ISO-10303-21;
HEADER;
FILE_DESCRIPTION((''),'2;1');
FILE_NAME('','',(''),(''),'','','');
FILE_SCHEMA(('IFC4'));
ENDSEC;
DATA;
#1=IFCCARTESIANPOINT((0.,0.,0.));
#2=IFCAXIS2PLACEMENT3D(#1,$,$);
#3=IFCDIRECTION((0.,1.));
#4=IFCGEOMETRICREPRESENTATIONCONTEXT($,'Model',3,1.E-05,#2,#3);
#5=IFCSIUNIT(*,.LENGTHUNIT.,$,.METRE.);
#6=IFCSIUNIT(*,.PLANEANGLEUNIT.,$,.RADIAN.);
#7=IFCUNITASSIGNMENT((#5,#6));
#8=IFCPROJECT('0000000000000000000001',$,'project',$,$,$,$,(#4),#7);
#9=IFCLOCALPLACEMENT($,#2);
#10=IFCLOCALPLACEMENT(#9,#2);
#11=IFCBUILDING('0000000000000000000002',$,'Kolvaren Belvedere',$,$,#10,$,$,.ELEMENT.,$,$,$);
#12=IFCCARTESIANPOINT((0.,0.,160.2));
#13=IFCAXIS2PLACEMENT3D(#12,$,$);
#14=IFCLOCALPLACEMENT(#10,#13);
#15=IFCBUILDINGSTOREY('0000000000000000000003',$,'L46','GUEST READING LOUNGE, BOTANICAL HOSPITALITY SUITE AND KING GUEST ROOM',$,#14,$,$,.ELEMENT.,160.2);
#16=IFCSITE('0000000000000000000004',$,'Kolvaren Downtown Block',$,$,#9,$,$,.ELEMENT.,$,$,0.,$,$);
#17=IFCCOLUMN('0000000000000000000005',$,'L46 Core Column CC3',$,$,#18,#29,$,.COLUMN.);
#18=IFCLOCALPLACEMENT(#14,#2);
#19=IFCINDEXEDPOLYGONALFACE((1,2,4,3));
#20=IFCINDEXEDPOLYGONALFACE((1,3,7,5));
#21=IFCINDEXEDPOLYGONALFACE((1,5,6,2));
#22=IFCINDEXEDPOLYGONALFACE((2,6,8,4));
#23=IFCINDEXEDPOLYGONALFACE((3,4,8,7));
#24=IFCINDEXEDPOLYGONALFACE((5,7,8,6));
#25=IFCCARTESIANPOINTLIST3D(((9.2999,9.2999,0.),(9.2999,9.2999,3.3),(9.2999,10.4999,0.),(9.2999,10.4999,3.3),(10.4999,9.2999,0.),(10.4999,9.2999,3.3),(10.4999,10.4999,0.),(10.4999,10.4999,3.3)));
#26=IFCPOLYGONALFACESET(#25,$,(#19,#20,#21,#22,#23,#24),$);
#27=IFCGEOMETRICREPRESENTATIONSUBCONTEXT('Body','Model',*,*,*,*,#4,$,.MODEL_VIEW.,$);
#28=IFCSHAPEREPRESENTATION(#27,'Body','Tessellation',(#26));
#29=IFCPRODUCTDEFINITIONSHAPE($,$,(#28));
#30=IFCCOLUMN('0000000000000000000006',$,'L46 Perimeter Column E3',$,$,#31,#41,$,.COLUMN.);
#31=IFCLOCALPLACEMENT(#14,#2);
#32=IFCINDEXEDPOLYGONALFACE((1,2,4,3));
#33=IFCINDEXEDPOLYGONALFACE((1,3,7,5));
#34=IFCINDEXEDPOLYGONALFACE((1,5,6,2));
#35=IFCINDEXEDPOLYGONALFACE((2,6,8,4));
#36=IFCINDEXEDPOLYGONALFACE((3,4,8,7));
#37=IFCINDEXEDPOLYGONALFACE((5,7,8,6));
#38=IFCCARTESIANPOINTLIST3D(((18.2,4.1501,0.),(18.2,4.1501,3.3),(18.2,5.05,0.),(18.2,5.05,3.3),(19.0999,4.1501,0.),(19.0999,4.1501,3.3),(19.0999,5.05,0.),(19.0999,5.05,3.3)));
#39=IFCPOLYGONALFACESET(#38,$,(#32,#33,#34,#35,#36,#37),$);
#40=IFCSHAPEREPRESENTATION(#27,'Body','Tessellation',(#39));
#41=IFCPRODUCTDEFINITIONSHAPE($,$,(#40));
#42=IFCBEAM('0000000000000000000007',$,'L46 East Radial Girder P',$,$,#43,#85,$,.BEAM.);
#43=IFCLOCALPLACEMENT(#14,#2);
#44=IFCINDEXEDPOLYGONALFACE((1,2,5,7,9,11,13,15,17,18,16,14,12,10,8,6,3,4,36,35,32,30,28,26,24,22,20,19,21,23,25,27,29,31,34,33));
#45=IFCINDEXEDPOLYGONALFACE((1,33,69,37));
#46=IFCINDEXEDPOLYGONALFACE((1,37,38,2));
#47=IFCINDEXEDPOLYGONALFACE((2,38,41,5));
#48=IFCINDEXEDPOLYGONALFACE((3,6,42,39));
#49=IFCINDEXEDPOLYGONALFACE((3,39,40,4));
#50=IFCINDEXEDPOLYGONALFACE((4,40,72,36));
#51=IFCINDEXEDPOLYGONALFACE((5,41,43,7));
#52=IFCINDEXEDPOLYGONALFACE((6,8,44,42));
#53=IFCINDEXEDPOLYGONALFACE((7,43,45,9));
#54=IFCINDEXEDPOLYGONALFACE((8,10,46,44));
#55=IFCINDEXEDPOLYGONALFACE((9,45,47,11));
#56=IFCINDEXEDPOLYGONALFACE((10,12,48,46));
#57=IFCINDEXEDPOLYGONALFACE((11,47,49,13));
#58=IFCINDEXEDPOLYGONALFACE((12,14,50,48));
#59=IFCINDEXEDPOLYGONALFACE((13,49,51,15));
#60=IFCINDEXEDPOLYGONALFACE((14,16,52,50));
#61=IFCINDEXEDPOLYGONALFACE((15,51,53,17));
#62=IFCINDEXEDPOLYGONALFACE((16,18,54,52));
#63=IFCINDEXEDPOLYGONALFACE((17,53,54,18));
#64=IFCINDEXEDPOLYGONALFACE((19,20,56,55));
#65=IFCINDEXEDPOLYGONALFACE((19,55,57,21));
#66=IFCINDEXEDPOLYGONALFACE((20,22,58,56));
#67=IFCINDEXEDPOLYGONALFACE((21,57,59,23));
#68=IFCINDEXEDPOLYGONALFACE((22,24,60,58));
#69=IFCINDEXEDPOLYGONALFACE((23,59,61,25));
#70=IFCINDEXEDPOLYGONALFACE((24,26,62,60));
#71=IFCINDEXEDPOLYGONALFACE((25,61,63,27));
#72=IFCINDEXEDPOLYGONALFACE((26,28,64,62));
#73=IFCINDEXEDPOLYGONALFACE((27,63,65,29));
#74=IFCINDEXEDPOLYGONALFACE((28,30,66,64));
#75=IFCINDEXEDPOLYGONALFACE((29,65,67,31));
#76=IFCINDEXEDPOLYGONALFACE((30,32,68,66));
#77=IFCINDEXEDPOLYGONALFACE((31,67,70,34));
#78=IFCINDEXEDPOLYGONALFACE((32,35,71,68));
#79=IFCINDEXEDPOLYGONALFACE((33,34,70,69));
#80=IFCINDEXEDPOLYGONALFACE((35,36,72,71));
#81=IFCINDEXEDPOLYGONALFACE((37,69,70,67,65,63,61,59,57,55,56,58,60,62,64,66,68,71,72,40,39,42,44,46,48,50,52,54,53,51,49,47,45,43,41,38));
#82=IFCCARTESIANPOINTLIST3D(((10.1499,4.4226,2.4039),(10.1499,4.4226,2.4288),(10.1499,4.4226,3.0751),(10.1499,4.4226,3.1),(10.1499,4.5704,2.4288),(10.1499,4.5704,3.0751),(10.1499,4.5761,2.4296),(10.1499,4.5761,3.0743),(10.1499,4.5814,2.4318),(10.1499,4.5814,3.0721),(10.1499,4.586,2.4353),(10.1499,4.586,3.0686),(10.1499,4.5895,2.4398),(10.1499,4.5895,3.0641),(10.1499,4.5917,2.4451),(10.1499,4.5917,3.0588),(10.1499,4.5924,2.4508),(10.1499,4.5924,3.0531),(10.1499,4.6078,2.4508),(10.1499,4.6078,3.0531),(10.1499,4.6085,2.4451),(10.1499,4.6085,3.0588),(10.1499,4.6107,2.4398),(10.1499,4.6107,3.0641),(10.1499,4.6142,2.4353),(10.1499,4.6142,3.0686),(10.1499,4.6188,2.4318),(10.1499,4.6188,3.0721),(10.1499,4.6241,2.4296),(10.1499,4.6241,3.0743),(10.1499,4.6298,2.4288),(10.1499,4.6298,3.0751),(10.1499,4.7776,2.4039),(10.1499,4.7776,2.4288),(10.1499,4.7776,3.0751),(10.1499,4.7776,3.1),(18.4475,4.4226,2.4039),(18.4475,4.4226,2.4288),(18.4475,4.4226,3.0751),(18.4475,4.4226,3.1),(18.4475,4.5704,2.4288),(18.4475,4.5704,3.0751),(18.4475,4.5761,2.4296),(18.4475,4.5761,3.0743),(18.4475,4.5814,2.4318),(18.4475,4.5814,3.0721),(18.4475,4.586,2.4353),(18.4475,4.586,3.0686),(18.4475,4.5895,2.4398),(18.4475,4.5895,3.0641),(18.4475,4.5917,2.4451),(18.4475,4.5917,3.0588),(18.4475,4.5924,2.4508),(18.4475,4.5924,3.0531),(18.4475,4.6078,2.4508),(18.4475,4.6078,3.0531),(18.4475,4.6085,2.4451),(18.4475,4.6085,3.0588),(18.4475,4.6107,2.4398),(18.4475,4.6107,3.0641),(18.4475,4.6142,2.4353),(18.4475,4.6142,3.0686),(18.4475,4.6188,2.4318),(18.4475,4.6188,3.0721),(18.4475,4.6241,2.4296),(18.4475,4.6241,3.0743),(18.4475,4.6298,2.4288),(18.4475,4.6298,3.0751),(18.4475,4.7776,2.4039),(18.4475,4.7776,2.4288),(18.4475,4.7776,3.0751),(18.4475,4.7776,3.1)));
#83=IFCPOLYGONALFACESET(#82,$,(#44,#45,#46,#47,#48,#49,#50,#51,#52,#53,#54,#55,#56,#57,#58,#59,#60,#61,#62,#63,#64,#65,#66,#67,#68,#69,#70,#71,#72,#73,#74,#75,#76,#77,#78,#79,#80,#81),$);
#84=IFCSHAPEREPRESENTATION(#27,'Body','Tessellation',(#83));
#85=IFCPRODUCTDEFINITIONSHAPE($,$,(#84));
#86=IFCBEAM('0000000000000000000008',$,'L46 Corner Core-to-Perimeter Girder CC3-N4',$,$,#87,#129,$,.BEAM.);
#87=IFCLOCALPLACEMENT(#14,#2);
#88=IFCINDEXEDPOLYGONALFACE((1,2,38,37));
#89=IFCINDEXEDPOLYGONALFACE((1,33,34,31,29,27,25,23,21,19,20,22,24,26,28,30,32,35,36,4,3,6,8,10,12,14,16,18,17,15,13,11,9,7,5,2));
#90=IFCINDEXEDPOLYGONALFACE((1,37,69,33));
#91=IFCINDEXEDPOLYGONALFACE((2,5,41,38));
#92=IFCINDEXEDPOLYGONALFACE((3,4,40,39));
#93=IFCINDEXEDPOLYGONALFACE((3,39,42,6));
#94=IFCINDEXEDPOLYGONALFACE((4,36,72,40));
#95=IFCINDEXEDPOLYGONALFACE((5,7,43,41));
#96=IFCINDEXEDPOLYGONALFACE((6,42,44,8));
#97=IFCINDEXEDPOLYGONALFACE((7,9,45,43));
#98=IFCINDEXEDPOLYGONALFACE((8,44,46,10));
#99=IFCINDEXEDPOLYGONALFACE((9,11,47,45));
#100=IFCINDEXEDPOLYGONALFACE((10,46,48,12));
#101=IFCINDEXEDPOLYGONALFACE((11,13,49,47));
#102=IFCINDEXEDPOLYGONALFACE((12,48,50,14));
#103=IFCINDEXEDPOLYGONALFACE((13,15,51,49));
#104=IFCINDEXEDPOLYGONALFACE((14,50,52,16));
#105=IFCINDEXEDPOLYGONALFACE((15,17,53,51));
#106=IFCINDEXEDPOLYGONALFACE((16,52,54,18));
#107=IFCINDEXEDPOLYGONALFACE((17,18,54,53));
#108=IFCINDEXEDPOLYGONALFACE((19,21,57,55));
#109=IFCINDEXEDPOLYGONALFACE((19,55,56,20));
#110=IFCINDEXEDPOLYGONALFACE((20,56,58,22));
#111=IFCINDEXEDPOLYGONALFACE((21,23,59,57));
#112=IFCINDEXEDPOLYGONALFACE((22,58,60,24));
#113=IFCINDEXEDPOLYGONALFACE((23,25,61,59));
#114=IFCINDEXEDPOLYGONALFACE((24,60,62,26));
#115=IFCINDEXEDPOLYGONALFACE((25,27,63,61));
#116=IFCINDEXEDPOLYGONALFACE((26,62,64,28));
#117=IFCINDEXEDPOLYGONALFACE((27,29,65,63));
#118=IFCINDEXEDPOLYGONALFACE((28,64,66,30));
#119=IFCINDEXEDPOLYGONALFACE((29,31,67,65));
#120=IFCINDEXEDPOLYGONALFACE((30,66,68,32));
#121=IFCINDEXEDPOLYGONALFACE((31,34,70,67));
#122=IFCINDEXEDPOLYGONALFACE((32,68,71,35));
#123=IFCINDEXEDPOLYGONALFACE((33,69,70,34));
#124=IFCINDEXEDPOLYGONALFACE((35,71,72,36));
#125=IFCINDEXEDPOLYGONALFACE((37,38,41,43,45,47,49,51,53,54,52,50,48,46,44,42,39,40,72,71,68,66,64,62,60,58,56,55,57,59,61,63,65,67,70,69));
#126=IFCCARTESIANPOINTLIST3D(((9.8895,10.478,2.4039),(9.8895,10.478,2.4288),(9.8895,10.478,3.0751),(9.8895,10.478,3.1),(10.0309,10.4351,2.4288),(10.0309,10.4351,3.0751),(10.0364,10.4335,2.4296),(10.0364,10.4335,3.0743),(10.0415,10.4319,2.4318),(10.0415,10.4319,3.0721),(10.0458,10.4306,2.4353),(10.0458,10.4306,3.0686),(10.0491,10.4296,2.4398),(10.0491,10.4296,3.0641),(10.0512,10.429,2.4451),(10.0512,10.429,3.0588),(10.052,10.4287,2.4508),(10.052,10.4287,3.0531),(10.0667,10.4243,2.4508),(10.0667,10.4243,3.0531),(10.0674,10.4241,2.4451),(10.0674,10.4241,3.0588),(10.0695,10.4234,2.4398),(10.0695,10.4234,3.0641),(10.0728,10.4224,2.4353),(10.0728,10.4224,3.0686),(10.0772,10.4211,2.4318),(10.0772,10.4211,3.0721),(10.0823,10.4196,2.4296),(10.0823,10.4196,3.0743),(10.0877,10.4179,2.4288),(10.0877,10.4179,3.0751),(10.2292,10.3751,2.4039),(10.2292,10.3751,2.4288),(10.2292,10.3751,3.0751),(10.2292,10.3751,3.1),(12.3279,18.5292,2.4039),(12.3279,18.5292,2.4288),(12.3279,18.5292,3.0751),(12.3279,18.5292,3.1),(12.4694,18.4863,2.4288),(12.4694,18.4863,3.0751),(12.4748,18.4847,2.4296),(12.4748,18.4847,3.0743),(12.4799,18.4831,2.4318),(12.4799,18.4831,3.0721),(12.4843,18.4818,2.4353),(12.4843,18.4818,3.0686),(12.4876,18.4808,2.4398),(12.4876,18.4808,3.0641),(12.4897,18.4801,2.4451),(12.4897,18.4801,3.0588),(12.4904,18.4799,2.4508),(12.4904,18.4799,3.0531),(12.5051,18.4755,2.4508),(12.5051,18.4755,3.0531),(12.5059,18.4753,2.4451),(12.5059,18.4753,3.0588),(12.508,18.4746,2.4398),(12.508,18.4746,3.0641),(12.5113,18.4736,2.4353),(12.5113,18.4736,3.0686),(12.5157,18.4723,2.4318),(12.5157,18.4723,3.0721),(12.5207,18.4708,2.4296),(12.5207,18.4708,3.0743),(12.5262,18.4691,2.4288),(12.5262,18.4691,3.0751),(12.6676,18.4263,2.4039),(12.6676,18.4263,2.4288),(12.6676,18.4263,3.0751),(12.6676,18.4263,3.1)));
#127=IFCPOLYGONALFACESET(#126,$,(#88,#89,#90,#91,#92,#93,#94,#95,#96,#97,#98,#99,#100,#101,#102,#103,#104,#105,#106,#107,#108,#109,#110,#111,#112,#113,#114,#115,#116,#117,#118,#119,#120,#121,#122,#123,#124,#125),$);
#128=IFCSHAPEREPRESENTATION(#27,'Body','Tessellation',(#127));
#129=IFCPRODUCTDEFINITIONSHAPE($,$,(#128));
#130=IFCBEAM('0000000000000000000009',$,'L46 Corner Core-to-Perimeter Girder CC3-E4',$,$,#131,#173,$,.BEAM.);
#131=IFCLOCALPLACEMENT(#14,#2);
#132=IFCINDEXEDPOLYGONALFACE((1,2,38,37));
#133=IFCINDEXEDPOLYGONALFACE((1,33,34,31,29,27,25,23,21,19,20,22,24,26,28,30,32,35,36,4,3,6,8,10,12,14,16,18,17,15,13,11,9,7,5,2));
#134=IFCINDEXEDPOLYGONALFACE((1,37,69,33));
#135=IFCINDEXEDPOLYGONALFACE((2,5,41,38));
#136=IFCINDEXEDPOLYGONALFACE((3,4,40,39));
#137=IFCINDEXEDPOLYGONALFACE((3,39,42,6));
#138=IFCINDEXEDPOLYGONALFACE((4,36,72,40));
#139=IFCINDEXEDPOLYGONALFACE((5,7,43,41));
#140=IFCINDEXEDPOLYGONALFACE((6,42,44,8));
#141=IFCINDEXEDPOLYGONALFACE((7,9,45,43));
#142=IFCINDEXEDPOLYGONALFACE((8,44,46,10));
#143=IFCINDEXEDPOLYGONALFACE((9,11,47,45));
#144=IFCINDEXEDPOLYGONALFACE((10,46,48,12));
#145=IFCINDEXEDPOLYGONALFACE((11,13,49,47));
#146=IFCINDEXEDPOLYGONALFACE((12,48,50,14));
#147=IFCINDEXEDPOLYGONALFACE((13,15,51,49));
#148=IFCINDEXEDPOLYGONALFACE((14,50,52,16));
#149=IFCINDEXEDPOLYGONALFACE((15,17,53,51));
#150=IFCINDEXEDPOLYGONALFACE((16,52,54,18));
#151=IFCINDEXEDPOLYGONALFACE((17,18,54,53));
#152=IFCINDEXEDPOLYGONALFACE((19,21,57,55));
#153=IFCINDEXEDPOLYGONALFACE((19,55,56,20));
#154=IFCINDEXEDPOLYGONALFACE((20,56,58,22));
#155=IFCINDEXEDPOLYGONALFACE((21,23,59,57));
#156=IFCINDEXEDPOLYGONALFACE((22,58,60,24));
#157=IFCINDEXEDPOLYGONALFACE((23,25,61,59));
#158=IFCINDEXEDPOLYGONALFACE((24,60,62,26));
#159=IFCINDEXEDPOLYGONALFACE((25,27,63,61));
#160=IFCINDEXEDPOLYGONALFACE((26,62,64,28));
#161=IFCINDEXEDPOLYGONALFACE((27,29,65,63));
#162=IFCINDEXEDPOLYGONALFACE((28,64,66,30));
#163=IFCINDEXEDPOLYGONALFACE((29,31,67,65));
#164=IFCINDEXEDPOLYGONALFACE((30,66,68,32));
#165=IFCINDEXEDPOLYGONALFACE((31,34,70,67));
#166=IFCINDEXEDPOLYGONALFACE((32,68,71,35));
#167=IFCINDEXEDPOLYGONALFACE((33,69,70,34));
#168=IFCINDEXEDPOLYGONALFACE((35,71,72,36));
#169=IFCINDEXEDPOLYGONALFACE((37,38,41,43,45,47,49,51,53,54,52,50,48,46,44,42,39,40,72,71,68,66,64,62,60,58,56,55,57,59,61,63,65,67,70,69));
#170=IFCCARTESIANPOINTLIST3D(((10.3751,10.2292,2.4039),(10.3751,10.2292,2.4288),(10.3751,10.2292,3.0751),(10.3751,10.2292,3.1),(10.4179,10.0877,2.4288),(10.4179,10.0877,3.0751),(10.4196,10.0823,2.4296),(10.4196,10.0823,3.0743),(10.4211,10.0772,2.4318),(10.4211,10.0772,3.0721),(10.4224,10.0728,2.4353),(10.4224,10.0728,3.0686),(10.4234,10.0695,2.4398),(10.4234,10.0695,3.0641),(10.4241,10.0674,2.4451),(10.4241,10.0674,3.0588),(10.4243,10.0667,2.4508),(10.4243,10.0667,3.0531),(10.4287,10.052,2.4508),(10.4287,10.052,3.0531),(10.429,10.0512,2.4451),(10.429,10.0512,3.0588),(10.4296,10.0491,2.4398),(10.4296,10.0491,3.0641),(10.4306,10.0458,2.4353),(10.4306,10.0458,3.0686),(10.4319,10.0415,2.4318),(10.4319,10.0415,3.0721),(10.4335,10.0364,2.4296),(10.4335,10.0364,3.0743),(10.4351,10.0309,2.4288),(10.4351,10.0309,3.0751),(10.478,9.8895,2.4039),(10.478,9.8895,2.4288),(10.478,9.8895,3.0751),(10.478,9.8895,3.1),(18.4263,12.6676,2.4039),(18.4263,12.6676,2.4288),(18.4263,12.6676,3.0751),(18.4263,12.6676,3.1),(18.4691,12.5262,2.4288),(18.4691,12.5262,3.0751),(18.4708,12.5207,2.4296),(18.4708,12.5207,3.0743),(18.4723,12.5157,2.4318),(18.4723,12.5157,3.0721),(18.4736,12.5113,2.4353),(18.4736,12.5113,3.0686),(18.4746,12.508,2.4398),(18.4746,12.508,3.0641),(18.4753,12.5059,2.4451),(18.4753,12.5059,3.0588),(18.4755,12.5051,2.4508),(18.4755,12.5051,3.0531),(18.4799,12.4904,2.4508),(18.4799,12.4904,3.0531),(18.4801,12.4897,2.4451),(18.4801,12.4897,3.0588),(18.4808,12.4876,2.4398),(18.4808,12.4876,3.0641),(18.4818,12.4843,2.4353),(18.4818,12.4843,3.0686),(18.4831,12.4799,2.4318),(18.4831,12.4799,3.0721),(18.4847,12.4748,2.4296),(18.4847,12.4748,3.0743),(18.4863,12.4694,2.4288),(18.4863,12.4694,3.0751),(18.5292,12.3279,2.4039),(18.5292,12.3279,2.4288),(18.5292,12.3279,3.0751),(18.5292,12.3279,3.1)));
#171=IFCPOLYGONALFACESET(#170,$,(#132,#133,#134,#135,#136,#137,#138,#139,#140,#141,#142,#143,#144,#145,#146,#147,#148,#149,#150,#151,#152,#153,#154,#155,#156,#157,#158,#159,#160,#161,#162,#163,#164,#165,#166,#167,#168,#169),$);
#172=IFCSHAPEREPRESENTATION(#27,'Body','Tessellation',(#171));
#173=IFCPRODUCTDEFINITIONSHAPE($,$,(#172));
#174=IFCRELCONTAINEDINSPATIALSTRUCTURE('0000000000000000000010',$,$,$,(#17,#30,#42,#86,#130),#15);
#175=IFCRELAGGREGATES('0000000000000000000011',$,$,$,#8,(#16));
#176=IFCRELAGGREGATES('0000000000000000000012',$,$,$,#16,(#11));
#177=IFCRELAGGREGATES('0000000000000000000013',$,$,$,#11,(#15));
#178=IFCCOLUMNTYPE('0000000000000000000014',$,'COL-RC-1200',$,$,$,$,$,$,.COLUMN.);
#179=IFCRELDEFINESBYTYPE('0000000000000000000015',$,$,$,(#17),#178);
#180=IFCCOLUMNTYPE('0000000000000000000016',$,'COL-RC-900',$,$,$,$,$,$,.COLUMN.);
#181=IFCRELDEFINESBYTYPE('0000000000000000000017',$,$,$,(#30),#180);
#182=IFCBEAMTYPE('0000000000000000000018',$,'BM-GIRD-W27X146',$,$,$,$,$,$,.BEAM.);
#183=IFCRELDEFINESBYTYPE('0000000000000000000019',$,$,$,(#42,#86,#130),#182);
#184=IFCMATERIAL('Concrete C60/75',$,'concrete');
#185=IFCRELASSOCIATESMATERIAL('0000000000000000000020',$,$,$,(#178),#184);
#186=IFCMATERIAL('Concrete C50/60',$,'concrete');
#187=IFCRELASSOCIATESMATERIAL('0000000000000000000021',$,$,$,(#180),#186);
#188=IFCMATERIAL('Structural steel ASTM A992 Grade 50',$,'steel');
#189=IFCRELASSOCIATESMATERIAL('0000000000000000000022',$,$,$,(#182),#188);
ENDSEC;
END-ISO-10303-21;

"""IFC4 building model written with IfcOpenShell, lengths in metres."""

from ifc_helpers import new_model, si_unit, direction, frame, origin, origin_2d, place, context, subcontext, project, spatial, rectangle, i_section, extrude, material, material_profile, profile_set, type_object, element, save


model = new_model("IFC4")

# Units and contexts
model_context = context("Model", 3, precision=1e-05, world=origin(), true_north=direction((0.0, 1.0)))
body_context = subcontext(model_context, "Body", "Model", "MODEL_VIEW")
ifc_project = project(units=[si_unit("LENGTHUNIT", "METRE"), si_unit("PLANEANGLEUNIT", "RADIAN")], contexts=[model_context])

# Site, building, storey
site_placement = place(None, origin())
site = spatial("IfcSite", under=ifc_project, at=site_placement, Name="Kolvaren Downtown Block", CompositionType="ELEMENT", RefElevation=0.0)
building_placement = place(site_placement, origin())
building = spatial("IfcBuilding", under=site, at=building_placement, Name="Kolvaren Belvedere", CompositionType="ELEMENT")
storey_placement = place(building_placement, frame((0.0, 0.0, 160.2)))
storey = spatial("IfcBuildingStorey", under=building, at=storey_placement, Name="L46", Description="GUEST READING LOUNGE, BOTANICAL HOSPITALITY SUITE AND KING GUEST ROOM", CompositionType="ELEMENT", Elevation=160.2)

# Columns
ifc_material_1 = material(Name="Concrete C60/75", Category="concrete")
ifc_material_profile_1 = material_profile(ifc_material_1, rectangle(XDim=1.2, YDim=1.2, at=origin_2d()), Name="RC 1200X1200")
ifc_profile_set_1 = profile_set([ifc_material_profile_1], Name="Concrete C60/75")
column_type_1 = type_object("IfcColumnType", Name="COL-RC-1200", PredefinedType="COLUMN", material=ifc_profile_set_1)
column_1_placement = place(storey_placement, frame((9.8999, 9.8999, 0.0), z_axis=(0.0, 0.0, 1.0), x_axis=(1.0, 0.0, 0.0)))
element("IfcColumn", 1, at=column_1_placement, inside=storey, type_object=column_type_1, Name="L46 Core Column CC3", PredefinedType="COLUMN", context=body_context, shape_type="SweptSolid", body=[
    extrude(rectangle(XDim=1.2, YDim=1.2, at=origin_2d()), origin(), (0.0, 0.0, 1.0), 3.3),
])
ifc_material_2 = material(Name="Concrete C50/60", Category="concrete")
ifc_material_profile_2 = material_profile(ifc_material_2, rectangle(XDim=0.8999, YDim=0.8999, at=origin_2d()), Name="RC 900X900")
ifc_profile_set_2 = profile_set([ifc_material_profile_2], Name="Concrete C50/60")
column_type_2 = type_object("IfcColumnType", Name="COL-RC-900", PredefinedType="COLUMN", material=ifc_profile_set_2)
column_2_placement = place(storey_placement, frame((18.6499, 4.6001, 0.0), z_axis=(0.0, 0.0, 1.0), x_axis=(1.0, 0.0, 0.0)))
element("IfcColumn", 2, at=column_2_placement, inside=storey, type_object=column_type_2, Name="L46 Perimeter Column E3", PredefinedType="COLUMN", context=body_context, shape_type="SweptSolid", body=[
    extrude(rectangle(XDim=0.8999, YDim=0.8999, at=origin_2d()), origin(), (0.0, 0.0, 1.0), 3.3),
])

# Beams
ifc_material_3 = material(Name="Structural steel ASTM A992 Grade 50", Category="steel")
ifc_material_profile_3 = material_profile(ifc_material_3, i_section(OverallWidth=0.355, OverallDepth=0.696, WebThickness=0.0154, FlangeThickness=0.0249, FilletRadius=0.022, at=origin_2d()), Name="W27X146")
ifc_profile_set_3 = profile_set([ifc_material_profile_3], Name="Structural steel ASTM A992 Grade 50")
beam_type_1 = type_object("IfcBeamType", Name="BM-GIRD-W27X146", PredefinedType="BEAM", material=ifc_profile_set_3)
beam_1_placement = place(storey_placement, frame((10.1499, 4.6001, 2.752), z_axis=(1.0, 0.0, 0.0), x_axis=(0.0, 1.0, 0.0)))
element("IfcBeam", 3, at=beam_1_placement, inside=storey, type_object=beam_type_1, Name="L46 East Radial Girder P", PredefinedType="BEAM", context=body_context, shape_type="SweptSolid", body=[
    extrude(i_section(OverallWidth=0.355, OverallDepth=0.696, WebThickness=0.0154, FlangeThickness=0.0249, FilletRadius=0.022, at=origin_2d()), origin(), (0.0, 0.0, 1.0), 8.2976),
])
for number, where, z_axis, x_axis, name in (
    (4, (10.0593, 10.4265, 2.752), (0.289866, 0.957067, 0.0), (-0.957067, 0.289866, 0.0), "L46 Corner Core-to-Perimeter Girder CC3-N4"),
    (5, (10.4265, 10.0593, 2.752), (0.957067, 0.289866, 0.0), (-0.289866, 0.957067, 0.0), "L46 Corner Core-to-Perimeter Girder CC3-E4"),
):
    element("IfcBeam", number, at=place(storey_placement, frame(where, z_axis=z_axis, x_axis=x_axis)), inside=storey, type_object=beam_type_1, Name=name, PredefinedType="BEAM", context=body_context, shape_type="SweptSolid", body=[
        extrude(i_section(OverallWidth=0.355, OverallDepth=0.696, WebThickness=0.0154, FlangeThickness=0.0249, FilletRadius=0.022, at=origin_2d()), origin(), (0.0, 0.0, 1.0), 8.4124),
    ])

save(model, "model.ifc")
